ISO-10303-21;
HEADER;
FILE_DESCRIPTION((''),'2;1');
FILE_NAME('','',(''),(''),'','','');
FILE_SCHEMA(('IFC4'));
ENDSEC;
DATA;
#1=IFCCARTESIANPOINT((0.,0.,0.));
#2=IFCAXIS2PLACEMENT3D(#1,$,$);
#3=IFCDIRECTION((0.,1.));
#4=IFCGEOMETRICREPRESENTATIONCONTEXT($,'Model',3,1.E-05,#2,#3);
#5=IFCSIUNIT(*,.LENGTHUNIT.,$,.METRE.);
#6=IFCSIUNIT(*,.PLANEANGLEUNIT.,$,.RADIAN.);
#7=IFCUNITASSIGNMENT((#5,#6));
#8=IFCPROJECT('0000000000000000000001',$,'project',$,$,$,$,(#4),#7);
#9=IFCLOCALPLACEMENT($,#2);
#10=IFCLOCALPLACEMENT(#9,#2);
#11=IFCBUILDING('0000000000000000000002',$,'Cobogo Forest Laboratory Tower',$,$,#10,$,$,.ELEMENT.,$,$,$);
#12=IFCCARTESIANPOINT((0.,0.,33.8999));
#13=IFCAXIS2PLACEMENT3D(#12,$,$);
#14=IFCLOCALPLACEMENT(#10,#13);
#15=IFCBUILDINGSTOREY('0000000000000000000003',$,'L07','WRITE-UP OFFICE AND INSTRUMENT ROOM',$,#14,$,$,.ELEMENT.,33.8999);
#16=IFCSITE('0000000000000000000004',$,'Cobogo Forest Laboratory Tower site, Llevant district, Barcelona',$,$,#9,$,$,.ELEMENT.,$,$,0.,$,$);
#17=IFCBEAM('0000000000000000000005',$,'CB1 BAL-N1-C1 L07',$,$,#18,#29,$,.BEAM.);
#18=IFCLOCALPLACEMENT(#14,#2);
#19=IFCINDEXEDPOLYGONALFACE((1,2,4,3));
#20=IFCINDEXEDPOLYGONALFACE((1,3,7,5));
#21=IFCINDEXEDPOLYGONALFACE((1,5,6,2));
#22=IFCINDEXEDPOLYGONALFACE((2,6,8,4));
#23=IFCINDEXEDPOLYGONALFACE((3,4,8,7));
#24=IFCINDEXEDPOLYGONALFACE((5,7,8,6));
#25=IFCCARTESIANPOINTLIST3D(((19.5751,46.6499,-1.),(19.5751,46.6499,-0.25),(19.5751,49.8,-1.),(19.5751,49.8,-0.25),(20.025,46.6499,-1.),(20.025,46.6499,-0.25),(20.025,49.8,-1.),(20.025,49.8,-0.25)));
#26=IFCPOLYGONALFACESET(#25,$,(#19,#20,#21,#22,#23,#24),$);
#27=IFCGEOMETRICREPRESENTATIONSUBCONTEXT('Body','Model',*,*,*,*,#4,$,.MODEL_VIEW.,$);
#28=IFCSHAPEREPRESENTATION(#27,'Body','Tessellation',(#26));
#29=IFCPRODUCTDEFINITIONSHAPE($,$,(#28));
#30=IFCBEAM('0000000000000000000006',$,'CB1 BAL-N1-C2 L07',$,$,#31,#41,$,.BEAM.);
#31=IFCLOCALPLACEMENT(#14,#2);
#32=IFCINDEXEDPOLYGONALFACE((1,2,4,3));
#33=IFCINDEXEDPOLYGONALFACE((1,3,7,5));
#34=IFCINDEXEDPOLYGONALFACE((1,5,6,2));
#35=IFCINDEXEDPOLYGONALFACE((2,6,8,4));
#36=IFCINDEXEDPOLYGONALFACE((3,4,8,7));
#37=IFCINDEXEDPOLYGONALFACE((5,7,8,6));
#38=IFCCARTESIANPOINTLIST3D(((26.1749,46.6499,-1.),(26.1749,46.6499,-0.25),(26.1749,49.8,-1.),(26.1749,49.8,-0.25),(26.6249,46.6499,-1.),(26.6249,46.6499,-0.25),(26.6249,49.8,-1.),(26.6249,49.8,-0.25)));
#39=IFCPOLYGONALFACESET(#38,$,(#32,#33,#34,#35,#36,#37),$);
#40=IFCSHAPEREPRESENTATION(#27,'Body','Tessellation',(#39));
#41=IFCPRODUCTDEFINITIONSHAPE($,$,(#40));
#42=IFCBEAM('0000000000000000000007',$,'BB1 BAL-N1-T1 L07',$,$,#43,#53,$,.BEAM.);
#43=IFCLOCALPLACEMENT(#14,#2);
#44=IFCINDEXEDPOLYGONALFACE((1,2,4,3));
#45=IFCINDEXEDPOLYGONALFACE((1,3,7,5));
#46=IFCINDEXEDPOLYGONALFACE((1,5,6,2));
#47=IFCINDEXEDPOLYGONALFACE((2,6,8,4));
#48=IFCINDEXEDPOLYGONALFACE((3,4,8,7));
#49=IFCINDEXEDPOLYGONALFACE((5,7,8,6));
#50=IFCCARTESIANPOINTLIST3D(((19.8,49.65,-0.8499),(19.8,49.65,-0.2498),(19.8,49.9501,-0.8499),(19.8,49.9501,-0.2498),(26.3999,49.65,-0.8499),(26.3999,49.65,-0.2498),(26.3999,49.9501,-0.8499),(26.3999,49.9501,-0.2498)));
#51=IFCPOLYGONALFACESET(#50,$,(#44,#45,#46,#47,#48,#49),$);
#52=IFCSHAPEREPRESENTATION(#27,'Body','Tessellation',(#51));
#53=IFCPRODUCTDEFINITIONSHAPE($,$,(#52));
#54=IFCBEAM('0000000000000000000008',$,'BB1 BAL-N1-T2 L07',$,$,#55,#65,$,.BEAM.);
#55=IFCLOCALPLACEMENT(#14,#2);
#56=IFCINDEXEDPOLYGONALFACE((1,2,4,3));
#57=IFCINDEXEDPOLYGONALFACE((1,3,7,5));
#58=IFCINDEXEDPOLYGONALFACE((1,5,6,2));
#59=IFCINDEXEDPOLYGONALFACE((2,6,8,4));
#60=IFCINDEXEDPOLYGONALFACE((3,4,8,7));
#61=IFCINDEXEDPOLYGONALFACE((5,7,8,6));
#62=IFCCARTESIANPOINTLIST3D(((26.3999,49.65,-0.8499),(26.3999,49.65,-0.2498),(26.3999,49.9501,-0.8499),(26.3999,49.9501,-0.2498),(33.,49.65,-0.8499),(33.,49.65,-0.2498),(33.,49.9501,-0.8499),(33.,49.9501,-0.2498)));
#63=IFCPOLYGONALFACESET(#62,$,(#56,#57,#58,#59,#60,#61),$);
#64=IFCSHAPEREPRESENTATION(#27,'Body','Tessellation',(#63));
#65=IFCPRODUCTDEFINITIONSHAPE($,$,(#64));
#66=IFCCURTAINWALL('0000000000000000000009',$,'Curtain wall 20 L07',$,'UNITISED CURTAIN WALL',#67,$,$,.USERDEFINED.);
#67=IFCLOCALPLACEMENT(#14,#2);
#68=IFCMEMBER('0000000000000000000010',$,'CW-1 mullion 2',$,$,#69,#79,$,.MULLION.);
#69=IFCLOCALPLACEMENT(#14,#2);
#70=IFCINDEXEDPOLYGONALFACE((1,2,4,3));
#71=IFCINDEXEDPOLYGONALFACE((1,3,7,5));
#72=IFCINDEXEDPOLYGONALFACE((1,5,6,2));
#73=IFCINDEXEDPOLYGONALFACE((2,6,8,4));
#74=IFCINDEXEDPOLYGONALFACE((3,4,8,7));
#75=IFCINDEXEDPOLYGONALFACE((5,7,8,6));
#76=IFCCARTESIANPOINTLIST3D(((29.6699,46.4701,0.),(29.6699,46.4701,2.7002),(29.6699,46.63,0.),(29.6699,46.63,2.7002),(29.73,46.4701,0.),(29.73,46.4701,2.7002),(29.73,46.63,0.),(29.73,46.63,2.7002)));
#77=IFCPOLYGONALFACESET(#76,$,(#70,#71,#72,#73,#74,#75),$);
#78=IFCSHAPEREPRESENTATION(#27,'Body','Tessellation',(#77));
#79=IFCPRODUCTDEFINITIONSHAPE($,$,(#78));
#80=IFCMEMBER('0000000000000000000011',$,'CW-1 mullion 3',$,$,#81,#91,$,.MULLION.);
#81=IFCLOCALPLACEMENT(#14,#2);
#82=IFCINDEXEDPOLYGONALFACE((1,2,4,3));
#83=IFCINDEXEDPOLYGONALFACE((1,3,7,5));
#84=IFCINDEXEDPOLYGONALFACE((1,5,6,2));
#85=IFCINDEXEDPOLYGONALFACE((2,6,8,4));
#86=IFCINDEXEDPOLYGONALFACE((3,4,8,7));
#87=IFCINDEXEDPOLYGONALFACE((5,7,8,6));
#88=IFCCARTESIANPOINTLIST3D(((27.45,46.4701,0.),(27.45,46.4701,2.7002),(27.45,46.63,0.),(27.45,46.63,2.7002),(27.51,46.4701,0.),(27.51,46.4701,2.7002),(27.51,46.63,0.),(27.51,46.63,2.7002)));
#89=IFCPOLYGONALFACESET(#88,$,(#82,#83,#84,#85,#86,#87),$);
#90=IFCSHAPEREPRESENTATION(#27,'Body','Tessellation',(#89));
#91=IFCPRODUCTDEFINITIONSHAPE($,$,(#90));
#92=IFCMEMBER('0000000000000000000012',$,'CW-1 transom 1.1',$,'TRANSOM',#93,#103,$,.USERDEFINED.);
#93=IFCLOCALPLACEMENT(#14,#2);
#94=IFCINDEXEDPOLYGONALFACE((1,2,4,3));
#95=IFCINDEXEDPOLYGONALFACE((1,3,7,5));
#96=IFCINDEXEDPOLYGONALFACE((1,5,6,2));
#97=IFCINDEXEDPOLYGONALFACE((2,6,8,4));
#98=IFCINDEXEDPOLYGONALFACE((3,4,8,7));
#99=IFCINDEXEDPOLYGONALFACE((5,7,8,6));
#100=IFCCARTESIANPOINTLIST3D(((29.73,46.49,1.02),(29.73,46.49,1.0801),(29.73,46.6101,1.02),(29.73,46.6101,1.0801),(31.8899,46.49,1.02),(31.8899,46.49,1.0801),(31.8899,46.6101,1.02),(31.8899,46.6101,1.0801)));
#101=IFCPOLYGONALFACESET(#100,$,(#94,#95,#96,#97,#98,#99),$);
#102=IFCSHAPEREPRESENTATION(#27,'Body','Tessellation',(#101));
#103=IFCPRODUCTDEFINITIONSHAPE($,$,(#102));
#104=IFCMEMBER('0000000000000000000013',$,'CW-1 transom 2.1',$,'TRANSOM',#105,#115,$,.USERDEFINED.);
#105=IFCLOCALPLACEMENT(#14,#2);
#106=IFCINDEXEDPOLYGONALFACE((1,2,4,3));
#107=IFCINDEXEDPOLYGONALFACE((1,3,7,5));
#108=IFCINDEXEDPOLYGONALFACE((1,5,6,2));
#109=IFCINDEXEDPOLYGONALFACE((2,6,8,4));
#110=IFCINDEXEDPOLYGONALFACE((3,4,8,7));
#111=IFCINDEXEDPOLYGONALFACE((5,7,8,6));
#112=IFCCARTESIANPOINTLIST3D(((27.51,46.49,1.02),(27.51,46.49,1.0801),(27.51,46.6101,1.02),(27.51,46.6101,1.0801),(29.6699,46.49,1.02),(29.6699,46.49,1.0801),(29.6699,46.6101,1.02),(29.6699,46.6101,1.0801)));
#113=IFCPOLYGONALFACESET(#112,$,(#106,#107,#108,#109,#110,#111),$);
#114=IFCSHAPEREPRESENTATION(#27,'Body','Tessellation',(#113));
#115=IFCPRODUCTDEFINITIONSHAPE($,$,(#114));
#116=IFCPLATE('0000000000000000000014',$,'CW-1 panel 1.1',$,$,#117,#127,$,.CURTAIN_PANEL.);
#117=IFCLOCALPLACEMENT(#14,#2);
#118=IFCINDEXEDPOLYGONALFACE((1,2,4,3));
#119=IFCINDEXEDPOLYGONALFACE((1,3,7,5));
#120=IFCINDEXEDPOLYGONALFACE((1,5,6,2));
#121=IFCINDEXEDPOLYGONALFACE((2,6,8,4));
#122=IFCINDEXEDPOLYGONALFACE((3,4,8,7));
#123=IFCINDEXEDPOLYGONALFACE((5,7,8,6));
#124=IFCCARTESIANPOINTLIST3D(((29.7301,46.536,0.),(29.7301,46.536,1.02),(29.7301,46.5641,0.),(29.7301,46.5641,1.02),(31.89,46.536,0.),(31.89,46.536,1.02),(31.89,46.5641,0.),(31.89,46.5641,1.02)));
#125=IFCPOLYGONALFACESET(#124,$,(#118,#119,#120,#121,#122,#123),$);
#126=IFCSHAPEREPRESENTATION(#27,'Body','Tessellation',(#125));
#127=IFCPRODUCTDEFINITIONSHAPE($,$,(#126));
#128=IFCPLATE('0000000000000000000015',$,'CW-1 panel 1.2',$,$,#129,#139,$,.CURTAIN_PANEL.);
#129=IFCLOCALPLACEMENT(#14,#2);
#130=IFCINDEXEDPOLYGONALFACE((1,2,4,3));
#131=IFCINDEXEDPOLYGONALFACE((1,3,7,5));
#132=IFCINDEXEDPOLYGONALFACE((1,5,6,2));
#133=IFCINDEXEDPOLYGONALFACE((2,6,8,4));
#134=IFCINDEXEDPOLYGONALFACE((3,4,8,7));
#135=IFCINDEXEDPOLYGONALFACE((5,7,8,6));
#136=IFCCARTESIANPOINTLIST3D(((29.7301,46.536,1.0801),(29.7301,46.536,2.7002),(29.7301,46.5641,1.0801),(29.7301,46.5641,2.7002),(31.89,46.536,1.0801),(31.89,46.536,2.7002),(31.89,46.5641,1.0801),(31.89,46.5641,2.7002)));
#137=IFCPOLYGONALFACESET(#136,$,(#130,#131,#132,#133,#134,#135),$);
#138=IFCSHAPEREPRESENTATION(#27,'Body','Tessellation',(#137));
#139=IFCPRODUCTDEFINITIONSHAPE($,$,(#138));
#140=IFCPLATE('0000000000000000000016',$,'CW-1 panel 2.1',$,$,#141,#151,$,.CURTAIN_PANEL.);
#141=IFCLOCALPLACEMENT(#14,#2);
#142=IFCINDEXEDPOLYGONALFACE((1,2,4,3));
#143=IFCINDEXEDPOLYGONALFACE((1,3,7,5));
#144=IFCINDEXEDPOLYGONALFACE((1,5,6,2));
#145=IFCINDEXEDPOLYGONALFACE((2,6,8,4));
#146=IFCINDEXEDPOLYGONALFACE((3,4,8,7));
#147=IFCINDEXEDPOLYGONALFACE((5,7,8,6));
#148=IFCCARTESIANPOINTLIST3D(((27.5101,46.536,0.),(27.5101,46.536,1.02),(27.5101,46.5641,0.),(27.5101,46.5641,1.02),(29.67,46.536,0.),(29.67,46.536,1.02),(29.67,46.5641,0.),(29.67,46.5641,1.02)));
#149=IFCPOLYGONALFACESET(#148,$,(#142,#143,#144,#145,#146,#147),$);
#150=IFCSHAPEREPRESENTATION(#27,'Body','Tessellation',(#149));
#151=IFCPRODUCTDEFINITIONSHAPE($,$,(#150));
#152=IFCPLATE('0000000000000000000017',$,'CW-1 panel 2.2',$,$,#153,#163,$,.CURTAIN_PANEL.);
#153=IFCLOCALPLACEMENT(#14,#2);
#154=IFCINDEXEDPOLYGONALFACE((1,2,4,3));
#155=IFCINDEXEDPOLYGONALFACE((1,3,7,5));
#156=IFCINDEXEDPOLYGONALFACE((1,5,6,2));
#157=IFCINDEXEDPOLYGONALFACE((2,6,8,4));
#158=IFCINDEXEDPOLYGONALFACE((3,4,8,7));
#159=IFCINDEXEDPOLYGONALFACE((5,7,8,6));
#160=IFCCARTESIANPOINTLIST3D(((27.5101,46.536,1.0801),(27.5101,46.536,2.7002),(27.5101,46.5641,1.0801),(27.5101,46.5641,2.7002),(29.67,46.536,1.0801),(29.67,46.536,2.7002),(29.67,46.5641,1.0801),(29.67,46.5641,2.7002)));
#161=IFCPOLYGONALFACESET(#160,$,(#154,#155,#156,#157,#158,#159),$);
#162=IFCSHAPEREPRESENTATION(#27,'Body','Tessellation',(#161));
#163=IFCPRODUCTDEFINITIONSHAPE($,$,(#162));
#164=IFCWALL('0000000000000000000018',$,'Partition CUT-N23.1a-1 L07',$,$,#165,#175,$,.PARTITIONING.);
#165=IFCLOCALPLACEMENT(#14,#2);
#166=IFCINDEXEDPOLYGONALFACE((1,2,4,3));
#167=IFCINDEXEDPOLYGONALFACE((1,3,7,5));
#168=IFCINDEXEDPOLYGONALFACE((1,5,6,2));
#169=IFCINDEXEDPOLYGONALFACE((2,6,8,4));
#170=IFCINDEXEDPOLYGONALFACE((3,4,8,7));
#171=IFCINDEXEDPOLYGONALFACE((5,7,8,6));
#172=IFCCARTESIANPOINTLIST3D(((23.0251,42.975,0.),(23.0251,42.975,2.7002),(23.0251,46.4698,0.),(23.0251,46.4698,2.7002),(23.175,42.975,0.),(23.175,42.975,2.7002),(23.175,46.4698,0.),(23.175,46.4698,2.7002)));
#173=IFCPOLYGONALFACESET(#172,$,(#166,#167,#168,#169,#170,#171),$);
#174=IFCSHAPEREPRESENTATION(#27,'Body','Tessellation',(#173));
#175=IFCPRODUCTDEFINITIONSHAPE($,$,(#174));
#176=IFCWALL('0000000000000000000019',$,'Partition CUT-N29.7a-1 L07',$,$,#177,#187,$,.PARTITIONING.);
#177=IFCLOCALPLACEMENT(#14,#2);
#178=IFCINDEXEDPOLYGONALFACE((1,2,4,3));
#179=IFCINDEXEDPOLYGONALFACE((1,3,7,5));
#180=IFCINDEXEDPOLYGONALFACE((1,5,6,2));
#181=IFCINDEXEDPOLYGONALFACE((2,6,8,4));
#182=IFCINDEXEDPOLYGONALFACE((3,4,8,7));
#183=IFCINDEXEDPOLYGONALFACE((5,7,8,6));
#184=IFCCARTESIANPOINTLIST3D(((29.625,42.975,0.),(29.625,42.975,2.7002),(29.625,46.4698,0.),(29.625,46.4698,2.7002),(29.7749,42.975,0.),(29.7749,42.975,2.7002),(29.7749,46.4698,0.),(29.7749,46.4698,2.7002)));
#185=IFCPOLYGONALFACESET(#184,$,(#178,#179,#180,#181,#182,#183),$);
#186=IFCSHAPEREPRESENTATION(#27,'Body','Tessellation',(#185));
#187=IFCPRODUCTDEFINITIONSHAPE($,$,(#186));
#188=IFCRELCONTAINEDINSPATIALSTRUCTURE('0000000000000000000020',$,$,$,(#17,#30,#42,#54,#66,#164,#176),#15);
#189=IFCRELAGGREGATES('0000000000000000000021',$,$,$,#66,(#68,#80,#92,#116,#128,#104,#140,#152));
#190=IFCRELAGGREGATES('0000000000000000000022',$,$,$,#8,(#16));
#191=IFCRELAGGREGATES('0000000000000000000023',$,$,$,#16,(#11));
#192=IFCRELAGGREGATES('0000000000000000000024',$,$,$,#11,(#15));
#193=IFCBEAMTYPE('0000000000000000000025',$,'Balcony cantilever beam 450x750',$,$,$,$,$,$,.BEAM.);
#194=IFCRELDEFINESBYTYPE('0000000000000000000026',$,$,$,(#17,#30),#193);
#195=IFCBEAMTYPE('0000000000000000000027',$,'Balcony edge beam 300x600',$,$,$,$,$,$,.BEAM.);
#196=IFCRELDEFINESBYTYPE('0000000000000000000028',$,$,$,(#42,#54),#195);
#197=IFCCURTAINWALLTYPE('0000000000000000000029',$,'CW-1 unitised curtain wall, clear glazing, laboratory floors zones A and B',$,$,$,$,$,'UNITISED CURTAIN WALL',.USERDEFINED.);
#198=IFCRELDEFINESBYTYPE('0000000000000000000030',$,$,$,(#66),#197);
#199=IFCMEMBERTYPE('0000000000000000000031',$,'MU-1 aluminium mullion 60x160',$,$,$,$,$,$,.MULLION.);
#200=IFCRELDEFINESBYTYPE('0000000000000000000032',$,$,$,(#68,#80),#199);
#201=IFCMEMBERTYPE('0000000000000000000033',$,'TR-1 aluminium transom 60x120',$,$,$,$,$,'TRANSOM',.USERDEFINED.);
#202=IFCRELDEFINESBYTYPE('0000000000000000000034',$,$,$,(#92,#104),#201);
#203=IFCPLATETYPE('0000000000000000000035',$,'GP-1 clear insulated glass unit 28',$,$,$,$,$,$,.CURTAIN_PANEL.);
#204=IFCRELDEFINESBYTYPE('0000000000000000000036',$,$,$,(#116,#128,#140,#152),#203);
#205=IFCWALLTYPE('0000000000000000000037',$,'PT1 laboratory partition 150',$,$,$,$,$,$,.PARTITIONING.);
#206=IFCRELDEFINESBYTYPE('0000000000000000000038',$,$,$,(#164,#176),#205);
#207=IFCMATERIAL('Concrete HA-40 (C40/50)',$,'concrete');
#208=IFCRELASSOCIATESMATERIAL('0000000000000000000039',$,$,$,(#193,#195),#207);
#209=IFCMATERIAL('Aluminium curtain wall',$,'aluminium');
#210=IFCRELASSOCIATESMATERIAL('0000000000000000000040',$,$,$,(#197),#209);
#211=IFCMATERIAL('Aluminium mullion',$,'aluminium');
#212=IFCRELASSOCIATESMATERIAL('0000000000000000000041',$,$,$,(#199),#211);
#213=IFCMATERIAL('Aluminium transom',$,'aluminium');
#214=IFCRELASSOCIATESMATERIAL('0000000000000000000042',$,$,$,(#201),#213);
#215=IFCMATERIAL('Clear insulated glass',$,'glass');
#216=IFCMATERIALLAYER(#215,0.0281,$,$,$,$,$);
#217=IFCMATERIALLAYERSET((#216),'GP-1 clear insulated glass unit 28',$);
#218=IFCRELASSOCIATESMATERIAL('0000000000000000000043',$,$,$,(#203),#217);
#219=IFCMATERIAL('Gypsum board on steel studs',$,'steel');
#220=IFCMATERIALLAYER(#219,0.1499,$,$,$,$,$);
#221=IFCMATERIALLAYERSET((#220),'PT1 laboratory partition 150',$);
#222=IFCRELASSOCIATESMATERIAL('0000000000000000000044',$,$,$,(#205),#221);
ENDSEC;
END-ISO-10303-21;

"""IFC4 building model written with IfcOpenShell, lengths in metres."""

from ifc_helpers import new_model, si_unit, direction, frame, frame_2d, origin, origin_2d, place, context, subcontext, project, spatial, rectangle, extrude, material, layer, layer_set, material_profile, profile_set, type_object, element, aggregate, save


model = new_model("IFC4")

# Units and contexts
model_context = context("Model", 3, precision=1e-05, world=origin(), true_north=direction((0.0, 1.0)))
body_context = subcontext(model_context, "Body", "Model", "MODEL_VIEW")
ifc_project = project(units=[si_unit("LENGTHUNIT", "METRE"), si_unit("PLANEANGLEUNIT", "RADIAN")], contexts=[model_context])

# Site, building, storey
site_placement = place(None, origin())
site = spatial("IfcSite", under=ifc_project, at=site_placement, Name="Cobogo Forest Laboratory Tower site, Llevant district, Barcelona", CompositionType="ELEMENT", RefElevation=0.0)
building_placement = place(site_placement, origin())
building = spatial("IfcBuilding", under=site, at=building_placement, Name="Cobogo Forest Laboratory Tower", CompositionType="ELEMENT")
storey_placement = place(building_placement, frame((0.0, 0.0, 33.8999)))
storey = spatial("IfcBuildingStorey", under=building, at=storey_placement, Name="L07", Description="WRITE-UP OFFICE AND INSTRUMENT ROOM", CompositionType="ELEMENT", Elevation=33.8999)

# Beams
ifc_material_1 = material(Name="Concrete HA-40 (C40/50)", Category="concrete")
ifc_material_profile_1 = material_profile(ifc_material_1, rectangle(XDim=0.45, YDim=0.75, at=origin_2d()), Name="RC 450x750")
ifc_profile_set_1 = profile_set([ifc_material_profile_1], Name="Concrete HA-40 (C40/50)")
beam_type_1 = type_object("IfcBeamType", Name="Balcony cantilever beam 450x750", PredefinedType="BEAM", material=ifc_profile_set_1)
for number, where, z_axis, x_axis, name in (
    (1, (19.8, 46.6499, -0.625), (0.0, 1.0, 0.0), (-1.0, 0.0, 0.0), "CB1 BAL-N1-C1 L07"),
    (2, (26.3999, 46.6499, -0.625), (0.0, 1.0, 0.0), (-1.0, 0.0, 0.0), "CB1 BAL-N1-C2 L07"),
):
    element("IfcBeam", number, at=place(storey_placement, frame(where, z_axis=z_axis, x_axis=x_axis)), inside=storey, type_object=beam_type_1, Name=name, PredefinedType="BEAM", context=body_context, shape_type="SweptSolid", body=[
        extrude(rectangle(XDim=0.45, YDim=0.75, at=origin_2d()), origin(), (0.0, 0.0, 1.0), 3.1501),
    ])
ifc_material_profile_2 = material_profile(ifc_material_1, rectangle(XDim=0.3, YDim=0.6001, at=origin_2d()), Name="RC 300x600")
ifc_profile_set_2 = profile_set([ifc_material_profile_2], Name="Concrete HA-40 (C40/50)")
beam_type_2 = type_object("IfcBeamType", Name="Balcony edge beam 300x600", PredefinedType="BEAM", material=ifc_profile_set_2)
beam_1_placement = place(storey_placement, frame((19.8, 49.8, -0.5498), z_axis=(1.0, 0.0, 0.0), x_axis=(0.0, 1.0, 0.0)))
element("IfcBeam", 3, at=beam_1_placement, inside=storey, type_object=beam_type_2, Name="BB1 BAL-N1-T1 L07", PredefinedType="BEAM", context=body_context, shape_type="SweptSolid", body=[
    extrude(rectangle(XDim=0.3, YDim=0.6001, at=origin_2d()), origin(), (0.0, 0.0, 1.0), 6.5999),
])
beam_2_placement = place(storey_placement, frame((26.3999, 49.8, -0.5498), z_axis=(1.0, 0.0, 0.0), x_axis=(0.0, 1.0, 0.0)))
element("IfcBeam", 4, at=beam_2_placement, inside=storey, type_object=beam_type_2, Name="BB1 BAL-N1-T2 L07", PredefinedType="BEAM", context=body_context, shape_type="SweptSolid", body=[
    extrude(rectangle(XDim=0.3, YDim=0.6001, at=origin_2d()), origin(), (0.0, 0.0, 1.0), 6.6001),
])

# Curtain wall, members, plates
ifc_material_2 = material(Name="Aluminium curtain wall", Category="aluminium")
curtain_wall_type = type_object("IfcCurtainWallType", Name="CW-1 unitised curtain wall, clear glazing, laboratory floors zones A and B", ElementType="UNITISED CURTAIN WALL", PredefinedType="USERDEFINED", material=ifc_material_2)
curtain_wall_placement = place(storey_placement, origin())
curtain_wall = element("IfcCurtainWall", 5, at=curtain_wall_placement, inside=storey, type_object=curtain_wall_type, Name="Curtain wall 20 L07", ObjectType="UNITISED CURTAIN WALL", PredefinedType="USERDEFINED")
ifc_material_3 = material(Name="Aluminium mullion", Category="aluminium")
ifc_material_profile_3 = material_profile(ifc_material_3, rectangle(XDim=0.0601, YDim=0.1599, at=origin_2d()), Name="AL 60x160")
ifc_profile_set_3 = profile_set([ifc_material_profile_3], Name="Aluminium mullion")
member_type_1 = type_object("IfcMemberType", Name="MU-1 aluminium mullion 60x160", PredefinedType="MULLION", material=ifc_profile_set_3)
member_1_placement = place(storey_placement, frame((29.7, 46.55, 0.0), z_axis=(0.0, 0.0, 1.0), x_axis=(-1.0, 0.0, 0.0)))
member_1 = element("IfcMember", 6, at=member_1_placement, type_object=member_type_1, Name="CW-1 mullion 2", PredefinedType="MULLION", context=body_context, shape_type="SweptSolid", body=[
    extrude(rectangle(XDim=0.0601, YDim=0.1599, at=origin_2d()), origin(), (0.0, 0.0, 1.0), 2.7002),
])
member_2_placement = place(storey_placement, frame((27.48, 46.55, 0.0), z_axis=(0.0, 0.0, 1.0), x_axis=(-1.0, 0.0, 0.0)))
member_2 = element("IfcMember", 7, at=member_2_placement, type_object=member_type_1, Name="CW-1 mullion 3", PredefinedType="MULLION", context=body_context, shape_type="SweptSolid", body=[
    extrude(rectangle(XDim=0.0601, YDim=0.1599, at=origin_2d()), origin(), (0.0, 0.0, 1.0), 2.7002),
])
ifc_material_4 = material(Name="Aluminium transom", Category="aluminium")
ifc_material_profile_4 = material_profile(ifc_material_4, rectangle(XDim=0.1201, YDim=0.0601, at=origin_2d()), Name="AL 60x120")
ifc_profile_set_4 = profile_set([ifc_material_profile_4], Name="Aluminium transom")
member_type_2 = type_object("IfcMemberType", Name="TR-1 aluminium transom 60x120", ElementType="TRANSOM", PredefinedType="USERDEFINED", material=ifc_profile_set_4)
member_3_placement = place(storey_placement, frame((31.8899, 46.55, 1.05), z_axis=(-1.0, 0.0, 0.0), x_axis=(0.0, -1.0, 0.0)))
member_3 = element("IfcMember", 8, at=member_3_placement, type_object=member_type_2, Name="CW-1 transom 1.1", ObjectType="TRANSOM", PredefinedType="USERDEFINED", context=body_context, shape_type="SweptSolid", body=[
    extrude(rectangle(XDim=0.1201, YDim=0.0601, at=origin_2d()), origin(), (0.0, 0.0, 1.0), 2.1599),
])
member_4_placement = place(storey_placement, frame((29.6699, 46.55, 1.05), z_axis=(-1.0, 0.0, 0.0), x_axis=(0.0, -1.0, 0.0)))
member_4 = element("IfcMember", 9, at=member_4_placement, type_object=member_type_2, Name="CW-1 transom 2.1", ObjectType="TRANSOM", PredefinedType="USERDEFINED", context=body_context, shape_type="SweptSolid", body=[
    extrude(rectangle(XDim=0.1201, YDim=0.0601, at=origin_2d()), origin(), (0.0, 0.0, 1.0), 2.1599),
])
ifc_material_5 = material(Name="Clear insulated glass", Category="glass")
ifc_layer_1 = layer(ifc_material_5, 0.0281)
ifc_layer_set_1 = layer_set([ifc_layer_1], Name="GP-1 clear insulated glass unit 28")
plate_type = type_object("IfcPlateType", Name="GP-1 clear insulated glass unit 28", PredefinedType="CURTAIN_PANEL", material=ifc_layer_set_1)
plate_1_placement = place(storey_placement, frame((30.8101, 46.55, 0.0), z_axis=(0.0, 0.0, 1.0), x_axis=(-1.0, 0.0, 0.0)))
plate_1 = element("IfcPlate", 10, at=plate_1_placement, type_object=plate_type, Name="CW-1 panel 1.1", PredefinedType="CURTAIN_PANEL", context=body_context, shape_type="SweptSolid", body=[
    extrude(rectangle(XDim=2.1599, YDim=0.0281, at=origin_2d()), origin(), (0.0, 0.0, 1.0), 1.02),
])
plate_2_placement = place(storey_placement, frame((30.8101, 46.55, 1.0801), z_axis=(0.0, 0.0, 1.0), x_axis=(-1.0, 0.0, 0.0)))
plate_2 = element("IfcPlate", 11, at=plate_2_placement, type_object=plate_type, Name="CW-1 panel 1.2", PredefinedType="CURTAIN_PANEL", context=body_context, shape_type="SweptSolid", body=[
    extrude(rectangle(XDim=2.1599, YDim=0.0281, at=origin_2d()), origin(), (0.0, 0.0, 1.0), 1.6201),
])
plate_3_placement = place(storey_placement, frame((28.5901, 46.55, 0.0), z_axis=(0.0, 0.0, 1.0), x_axis=(-1.0, 0.0, 0.0)))
plate_3 = element("IfcPlate", 12, at=plate_3_placement, type_object=plate_type, Name="CW-1 panel 2.1", PredefinedType="CURTAIN_PANEL", context=body_context, shape_type="SweptSolid", body=[
    extrude(rectangle(XDim=2.1599, YDim=0.0281, at=origin_2d()), origin(), (0.0, 0.0, 1.0), 1.02),
])
plate_4_placement = place(storey_placement, frame((28.5901, 46.55, 1.0801), z_axis=(0.0, 0.0, 1.0), x_axis=(-1.0, 0.0, 0.0)))
plate_4 = element("IfcPlate", 13, at=plate_4_placement, type_object=plate_type, Name="CW-1 panel 2.2", PredefinedType="CURTAIN_PANEL", context=body_context, shape_type="SweptSolid", body=[
    extrude(rectangle(XDim=2.1599, YDim=0.0281, at=origin_2d()), origin(), (0.0, 0.0, 1.0), 1.6201),
])
aggregate(curtain_wall, [member_1, member_2, member_3, plate_1, plate_2, member_4, plate_3, plate_4])

# Walls
ifc_material_6 = material(Name="Gypsum board on steel studs", Category="steel")
ifc_layer_2 = layer(ifc_material_6, 0.1499)
ifc_layer_set_2 = layer_set([ifc_layer_2], Name="PT1 laboratory partition 150")
wall_type_1 = type_object("IfcWallType", Name="PT1 laboratory partition 150", PredefinedType="PARTITIONING", material=ifc_layer_set_2)
for number, where, z_axis, x_axis, name in (
    (14, (23.1001, 46.47, 0.0), (0.0, 0.0, 1.0), (0.0, -1.0, 0.0), "Partition CUT-N23.1a-1 L07"),
    (15, (29.7, 46.47, 0.0), (0.0, 0.0, 1.0), (0.0, -1.0, 0.0), "Partition CUT-N29.7a-1 L07"),
):
    element("IfcWall", number, at=place(storey_placement, frame(where, z_axis=z_axis, x_axis=x_axis)), inside=storey, type_object=wall_type_1, Name=name, PredefinedType="PARTITIONING", context=body_context, shape_type="SweptSolid", body=[
        extrude(rectangle(XDim=3.4949, YDim=0.1499, at=frame_2d((1.7476, 0.0))), origin(), (0.0, 0.0, 1.0), 2.7002),
    ])

save(model, "model.ifc")
